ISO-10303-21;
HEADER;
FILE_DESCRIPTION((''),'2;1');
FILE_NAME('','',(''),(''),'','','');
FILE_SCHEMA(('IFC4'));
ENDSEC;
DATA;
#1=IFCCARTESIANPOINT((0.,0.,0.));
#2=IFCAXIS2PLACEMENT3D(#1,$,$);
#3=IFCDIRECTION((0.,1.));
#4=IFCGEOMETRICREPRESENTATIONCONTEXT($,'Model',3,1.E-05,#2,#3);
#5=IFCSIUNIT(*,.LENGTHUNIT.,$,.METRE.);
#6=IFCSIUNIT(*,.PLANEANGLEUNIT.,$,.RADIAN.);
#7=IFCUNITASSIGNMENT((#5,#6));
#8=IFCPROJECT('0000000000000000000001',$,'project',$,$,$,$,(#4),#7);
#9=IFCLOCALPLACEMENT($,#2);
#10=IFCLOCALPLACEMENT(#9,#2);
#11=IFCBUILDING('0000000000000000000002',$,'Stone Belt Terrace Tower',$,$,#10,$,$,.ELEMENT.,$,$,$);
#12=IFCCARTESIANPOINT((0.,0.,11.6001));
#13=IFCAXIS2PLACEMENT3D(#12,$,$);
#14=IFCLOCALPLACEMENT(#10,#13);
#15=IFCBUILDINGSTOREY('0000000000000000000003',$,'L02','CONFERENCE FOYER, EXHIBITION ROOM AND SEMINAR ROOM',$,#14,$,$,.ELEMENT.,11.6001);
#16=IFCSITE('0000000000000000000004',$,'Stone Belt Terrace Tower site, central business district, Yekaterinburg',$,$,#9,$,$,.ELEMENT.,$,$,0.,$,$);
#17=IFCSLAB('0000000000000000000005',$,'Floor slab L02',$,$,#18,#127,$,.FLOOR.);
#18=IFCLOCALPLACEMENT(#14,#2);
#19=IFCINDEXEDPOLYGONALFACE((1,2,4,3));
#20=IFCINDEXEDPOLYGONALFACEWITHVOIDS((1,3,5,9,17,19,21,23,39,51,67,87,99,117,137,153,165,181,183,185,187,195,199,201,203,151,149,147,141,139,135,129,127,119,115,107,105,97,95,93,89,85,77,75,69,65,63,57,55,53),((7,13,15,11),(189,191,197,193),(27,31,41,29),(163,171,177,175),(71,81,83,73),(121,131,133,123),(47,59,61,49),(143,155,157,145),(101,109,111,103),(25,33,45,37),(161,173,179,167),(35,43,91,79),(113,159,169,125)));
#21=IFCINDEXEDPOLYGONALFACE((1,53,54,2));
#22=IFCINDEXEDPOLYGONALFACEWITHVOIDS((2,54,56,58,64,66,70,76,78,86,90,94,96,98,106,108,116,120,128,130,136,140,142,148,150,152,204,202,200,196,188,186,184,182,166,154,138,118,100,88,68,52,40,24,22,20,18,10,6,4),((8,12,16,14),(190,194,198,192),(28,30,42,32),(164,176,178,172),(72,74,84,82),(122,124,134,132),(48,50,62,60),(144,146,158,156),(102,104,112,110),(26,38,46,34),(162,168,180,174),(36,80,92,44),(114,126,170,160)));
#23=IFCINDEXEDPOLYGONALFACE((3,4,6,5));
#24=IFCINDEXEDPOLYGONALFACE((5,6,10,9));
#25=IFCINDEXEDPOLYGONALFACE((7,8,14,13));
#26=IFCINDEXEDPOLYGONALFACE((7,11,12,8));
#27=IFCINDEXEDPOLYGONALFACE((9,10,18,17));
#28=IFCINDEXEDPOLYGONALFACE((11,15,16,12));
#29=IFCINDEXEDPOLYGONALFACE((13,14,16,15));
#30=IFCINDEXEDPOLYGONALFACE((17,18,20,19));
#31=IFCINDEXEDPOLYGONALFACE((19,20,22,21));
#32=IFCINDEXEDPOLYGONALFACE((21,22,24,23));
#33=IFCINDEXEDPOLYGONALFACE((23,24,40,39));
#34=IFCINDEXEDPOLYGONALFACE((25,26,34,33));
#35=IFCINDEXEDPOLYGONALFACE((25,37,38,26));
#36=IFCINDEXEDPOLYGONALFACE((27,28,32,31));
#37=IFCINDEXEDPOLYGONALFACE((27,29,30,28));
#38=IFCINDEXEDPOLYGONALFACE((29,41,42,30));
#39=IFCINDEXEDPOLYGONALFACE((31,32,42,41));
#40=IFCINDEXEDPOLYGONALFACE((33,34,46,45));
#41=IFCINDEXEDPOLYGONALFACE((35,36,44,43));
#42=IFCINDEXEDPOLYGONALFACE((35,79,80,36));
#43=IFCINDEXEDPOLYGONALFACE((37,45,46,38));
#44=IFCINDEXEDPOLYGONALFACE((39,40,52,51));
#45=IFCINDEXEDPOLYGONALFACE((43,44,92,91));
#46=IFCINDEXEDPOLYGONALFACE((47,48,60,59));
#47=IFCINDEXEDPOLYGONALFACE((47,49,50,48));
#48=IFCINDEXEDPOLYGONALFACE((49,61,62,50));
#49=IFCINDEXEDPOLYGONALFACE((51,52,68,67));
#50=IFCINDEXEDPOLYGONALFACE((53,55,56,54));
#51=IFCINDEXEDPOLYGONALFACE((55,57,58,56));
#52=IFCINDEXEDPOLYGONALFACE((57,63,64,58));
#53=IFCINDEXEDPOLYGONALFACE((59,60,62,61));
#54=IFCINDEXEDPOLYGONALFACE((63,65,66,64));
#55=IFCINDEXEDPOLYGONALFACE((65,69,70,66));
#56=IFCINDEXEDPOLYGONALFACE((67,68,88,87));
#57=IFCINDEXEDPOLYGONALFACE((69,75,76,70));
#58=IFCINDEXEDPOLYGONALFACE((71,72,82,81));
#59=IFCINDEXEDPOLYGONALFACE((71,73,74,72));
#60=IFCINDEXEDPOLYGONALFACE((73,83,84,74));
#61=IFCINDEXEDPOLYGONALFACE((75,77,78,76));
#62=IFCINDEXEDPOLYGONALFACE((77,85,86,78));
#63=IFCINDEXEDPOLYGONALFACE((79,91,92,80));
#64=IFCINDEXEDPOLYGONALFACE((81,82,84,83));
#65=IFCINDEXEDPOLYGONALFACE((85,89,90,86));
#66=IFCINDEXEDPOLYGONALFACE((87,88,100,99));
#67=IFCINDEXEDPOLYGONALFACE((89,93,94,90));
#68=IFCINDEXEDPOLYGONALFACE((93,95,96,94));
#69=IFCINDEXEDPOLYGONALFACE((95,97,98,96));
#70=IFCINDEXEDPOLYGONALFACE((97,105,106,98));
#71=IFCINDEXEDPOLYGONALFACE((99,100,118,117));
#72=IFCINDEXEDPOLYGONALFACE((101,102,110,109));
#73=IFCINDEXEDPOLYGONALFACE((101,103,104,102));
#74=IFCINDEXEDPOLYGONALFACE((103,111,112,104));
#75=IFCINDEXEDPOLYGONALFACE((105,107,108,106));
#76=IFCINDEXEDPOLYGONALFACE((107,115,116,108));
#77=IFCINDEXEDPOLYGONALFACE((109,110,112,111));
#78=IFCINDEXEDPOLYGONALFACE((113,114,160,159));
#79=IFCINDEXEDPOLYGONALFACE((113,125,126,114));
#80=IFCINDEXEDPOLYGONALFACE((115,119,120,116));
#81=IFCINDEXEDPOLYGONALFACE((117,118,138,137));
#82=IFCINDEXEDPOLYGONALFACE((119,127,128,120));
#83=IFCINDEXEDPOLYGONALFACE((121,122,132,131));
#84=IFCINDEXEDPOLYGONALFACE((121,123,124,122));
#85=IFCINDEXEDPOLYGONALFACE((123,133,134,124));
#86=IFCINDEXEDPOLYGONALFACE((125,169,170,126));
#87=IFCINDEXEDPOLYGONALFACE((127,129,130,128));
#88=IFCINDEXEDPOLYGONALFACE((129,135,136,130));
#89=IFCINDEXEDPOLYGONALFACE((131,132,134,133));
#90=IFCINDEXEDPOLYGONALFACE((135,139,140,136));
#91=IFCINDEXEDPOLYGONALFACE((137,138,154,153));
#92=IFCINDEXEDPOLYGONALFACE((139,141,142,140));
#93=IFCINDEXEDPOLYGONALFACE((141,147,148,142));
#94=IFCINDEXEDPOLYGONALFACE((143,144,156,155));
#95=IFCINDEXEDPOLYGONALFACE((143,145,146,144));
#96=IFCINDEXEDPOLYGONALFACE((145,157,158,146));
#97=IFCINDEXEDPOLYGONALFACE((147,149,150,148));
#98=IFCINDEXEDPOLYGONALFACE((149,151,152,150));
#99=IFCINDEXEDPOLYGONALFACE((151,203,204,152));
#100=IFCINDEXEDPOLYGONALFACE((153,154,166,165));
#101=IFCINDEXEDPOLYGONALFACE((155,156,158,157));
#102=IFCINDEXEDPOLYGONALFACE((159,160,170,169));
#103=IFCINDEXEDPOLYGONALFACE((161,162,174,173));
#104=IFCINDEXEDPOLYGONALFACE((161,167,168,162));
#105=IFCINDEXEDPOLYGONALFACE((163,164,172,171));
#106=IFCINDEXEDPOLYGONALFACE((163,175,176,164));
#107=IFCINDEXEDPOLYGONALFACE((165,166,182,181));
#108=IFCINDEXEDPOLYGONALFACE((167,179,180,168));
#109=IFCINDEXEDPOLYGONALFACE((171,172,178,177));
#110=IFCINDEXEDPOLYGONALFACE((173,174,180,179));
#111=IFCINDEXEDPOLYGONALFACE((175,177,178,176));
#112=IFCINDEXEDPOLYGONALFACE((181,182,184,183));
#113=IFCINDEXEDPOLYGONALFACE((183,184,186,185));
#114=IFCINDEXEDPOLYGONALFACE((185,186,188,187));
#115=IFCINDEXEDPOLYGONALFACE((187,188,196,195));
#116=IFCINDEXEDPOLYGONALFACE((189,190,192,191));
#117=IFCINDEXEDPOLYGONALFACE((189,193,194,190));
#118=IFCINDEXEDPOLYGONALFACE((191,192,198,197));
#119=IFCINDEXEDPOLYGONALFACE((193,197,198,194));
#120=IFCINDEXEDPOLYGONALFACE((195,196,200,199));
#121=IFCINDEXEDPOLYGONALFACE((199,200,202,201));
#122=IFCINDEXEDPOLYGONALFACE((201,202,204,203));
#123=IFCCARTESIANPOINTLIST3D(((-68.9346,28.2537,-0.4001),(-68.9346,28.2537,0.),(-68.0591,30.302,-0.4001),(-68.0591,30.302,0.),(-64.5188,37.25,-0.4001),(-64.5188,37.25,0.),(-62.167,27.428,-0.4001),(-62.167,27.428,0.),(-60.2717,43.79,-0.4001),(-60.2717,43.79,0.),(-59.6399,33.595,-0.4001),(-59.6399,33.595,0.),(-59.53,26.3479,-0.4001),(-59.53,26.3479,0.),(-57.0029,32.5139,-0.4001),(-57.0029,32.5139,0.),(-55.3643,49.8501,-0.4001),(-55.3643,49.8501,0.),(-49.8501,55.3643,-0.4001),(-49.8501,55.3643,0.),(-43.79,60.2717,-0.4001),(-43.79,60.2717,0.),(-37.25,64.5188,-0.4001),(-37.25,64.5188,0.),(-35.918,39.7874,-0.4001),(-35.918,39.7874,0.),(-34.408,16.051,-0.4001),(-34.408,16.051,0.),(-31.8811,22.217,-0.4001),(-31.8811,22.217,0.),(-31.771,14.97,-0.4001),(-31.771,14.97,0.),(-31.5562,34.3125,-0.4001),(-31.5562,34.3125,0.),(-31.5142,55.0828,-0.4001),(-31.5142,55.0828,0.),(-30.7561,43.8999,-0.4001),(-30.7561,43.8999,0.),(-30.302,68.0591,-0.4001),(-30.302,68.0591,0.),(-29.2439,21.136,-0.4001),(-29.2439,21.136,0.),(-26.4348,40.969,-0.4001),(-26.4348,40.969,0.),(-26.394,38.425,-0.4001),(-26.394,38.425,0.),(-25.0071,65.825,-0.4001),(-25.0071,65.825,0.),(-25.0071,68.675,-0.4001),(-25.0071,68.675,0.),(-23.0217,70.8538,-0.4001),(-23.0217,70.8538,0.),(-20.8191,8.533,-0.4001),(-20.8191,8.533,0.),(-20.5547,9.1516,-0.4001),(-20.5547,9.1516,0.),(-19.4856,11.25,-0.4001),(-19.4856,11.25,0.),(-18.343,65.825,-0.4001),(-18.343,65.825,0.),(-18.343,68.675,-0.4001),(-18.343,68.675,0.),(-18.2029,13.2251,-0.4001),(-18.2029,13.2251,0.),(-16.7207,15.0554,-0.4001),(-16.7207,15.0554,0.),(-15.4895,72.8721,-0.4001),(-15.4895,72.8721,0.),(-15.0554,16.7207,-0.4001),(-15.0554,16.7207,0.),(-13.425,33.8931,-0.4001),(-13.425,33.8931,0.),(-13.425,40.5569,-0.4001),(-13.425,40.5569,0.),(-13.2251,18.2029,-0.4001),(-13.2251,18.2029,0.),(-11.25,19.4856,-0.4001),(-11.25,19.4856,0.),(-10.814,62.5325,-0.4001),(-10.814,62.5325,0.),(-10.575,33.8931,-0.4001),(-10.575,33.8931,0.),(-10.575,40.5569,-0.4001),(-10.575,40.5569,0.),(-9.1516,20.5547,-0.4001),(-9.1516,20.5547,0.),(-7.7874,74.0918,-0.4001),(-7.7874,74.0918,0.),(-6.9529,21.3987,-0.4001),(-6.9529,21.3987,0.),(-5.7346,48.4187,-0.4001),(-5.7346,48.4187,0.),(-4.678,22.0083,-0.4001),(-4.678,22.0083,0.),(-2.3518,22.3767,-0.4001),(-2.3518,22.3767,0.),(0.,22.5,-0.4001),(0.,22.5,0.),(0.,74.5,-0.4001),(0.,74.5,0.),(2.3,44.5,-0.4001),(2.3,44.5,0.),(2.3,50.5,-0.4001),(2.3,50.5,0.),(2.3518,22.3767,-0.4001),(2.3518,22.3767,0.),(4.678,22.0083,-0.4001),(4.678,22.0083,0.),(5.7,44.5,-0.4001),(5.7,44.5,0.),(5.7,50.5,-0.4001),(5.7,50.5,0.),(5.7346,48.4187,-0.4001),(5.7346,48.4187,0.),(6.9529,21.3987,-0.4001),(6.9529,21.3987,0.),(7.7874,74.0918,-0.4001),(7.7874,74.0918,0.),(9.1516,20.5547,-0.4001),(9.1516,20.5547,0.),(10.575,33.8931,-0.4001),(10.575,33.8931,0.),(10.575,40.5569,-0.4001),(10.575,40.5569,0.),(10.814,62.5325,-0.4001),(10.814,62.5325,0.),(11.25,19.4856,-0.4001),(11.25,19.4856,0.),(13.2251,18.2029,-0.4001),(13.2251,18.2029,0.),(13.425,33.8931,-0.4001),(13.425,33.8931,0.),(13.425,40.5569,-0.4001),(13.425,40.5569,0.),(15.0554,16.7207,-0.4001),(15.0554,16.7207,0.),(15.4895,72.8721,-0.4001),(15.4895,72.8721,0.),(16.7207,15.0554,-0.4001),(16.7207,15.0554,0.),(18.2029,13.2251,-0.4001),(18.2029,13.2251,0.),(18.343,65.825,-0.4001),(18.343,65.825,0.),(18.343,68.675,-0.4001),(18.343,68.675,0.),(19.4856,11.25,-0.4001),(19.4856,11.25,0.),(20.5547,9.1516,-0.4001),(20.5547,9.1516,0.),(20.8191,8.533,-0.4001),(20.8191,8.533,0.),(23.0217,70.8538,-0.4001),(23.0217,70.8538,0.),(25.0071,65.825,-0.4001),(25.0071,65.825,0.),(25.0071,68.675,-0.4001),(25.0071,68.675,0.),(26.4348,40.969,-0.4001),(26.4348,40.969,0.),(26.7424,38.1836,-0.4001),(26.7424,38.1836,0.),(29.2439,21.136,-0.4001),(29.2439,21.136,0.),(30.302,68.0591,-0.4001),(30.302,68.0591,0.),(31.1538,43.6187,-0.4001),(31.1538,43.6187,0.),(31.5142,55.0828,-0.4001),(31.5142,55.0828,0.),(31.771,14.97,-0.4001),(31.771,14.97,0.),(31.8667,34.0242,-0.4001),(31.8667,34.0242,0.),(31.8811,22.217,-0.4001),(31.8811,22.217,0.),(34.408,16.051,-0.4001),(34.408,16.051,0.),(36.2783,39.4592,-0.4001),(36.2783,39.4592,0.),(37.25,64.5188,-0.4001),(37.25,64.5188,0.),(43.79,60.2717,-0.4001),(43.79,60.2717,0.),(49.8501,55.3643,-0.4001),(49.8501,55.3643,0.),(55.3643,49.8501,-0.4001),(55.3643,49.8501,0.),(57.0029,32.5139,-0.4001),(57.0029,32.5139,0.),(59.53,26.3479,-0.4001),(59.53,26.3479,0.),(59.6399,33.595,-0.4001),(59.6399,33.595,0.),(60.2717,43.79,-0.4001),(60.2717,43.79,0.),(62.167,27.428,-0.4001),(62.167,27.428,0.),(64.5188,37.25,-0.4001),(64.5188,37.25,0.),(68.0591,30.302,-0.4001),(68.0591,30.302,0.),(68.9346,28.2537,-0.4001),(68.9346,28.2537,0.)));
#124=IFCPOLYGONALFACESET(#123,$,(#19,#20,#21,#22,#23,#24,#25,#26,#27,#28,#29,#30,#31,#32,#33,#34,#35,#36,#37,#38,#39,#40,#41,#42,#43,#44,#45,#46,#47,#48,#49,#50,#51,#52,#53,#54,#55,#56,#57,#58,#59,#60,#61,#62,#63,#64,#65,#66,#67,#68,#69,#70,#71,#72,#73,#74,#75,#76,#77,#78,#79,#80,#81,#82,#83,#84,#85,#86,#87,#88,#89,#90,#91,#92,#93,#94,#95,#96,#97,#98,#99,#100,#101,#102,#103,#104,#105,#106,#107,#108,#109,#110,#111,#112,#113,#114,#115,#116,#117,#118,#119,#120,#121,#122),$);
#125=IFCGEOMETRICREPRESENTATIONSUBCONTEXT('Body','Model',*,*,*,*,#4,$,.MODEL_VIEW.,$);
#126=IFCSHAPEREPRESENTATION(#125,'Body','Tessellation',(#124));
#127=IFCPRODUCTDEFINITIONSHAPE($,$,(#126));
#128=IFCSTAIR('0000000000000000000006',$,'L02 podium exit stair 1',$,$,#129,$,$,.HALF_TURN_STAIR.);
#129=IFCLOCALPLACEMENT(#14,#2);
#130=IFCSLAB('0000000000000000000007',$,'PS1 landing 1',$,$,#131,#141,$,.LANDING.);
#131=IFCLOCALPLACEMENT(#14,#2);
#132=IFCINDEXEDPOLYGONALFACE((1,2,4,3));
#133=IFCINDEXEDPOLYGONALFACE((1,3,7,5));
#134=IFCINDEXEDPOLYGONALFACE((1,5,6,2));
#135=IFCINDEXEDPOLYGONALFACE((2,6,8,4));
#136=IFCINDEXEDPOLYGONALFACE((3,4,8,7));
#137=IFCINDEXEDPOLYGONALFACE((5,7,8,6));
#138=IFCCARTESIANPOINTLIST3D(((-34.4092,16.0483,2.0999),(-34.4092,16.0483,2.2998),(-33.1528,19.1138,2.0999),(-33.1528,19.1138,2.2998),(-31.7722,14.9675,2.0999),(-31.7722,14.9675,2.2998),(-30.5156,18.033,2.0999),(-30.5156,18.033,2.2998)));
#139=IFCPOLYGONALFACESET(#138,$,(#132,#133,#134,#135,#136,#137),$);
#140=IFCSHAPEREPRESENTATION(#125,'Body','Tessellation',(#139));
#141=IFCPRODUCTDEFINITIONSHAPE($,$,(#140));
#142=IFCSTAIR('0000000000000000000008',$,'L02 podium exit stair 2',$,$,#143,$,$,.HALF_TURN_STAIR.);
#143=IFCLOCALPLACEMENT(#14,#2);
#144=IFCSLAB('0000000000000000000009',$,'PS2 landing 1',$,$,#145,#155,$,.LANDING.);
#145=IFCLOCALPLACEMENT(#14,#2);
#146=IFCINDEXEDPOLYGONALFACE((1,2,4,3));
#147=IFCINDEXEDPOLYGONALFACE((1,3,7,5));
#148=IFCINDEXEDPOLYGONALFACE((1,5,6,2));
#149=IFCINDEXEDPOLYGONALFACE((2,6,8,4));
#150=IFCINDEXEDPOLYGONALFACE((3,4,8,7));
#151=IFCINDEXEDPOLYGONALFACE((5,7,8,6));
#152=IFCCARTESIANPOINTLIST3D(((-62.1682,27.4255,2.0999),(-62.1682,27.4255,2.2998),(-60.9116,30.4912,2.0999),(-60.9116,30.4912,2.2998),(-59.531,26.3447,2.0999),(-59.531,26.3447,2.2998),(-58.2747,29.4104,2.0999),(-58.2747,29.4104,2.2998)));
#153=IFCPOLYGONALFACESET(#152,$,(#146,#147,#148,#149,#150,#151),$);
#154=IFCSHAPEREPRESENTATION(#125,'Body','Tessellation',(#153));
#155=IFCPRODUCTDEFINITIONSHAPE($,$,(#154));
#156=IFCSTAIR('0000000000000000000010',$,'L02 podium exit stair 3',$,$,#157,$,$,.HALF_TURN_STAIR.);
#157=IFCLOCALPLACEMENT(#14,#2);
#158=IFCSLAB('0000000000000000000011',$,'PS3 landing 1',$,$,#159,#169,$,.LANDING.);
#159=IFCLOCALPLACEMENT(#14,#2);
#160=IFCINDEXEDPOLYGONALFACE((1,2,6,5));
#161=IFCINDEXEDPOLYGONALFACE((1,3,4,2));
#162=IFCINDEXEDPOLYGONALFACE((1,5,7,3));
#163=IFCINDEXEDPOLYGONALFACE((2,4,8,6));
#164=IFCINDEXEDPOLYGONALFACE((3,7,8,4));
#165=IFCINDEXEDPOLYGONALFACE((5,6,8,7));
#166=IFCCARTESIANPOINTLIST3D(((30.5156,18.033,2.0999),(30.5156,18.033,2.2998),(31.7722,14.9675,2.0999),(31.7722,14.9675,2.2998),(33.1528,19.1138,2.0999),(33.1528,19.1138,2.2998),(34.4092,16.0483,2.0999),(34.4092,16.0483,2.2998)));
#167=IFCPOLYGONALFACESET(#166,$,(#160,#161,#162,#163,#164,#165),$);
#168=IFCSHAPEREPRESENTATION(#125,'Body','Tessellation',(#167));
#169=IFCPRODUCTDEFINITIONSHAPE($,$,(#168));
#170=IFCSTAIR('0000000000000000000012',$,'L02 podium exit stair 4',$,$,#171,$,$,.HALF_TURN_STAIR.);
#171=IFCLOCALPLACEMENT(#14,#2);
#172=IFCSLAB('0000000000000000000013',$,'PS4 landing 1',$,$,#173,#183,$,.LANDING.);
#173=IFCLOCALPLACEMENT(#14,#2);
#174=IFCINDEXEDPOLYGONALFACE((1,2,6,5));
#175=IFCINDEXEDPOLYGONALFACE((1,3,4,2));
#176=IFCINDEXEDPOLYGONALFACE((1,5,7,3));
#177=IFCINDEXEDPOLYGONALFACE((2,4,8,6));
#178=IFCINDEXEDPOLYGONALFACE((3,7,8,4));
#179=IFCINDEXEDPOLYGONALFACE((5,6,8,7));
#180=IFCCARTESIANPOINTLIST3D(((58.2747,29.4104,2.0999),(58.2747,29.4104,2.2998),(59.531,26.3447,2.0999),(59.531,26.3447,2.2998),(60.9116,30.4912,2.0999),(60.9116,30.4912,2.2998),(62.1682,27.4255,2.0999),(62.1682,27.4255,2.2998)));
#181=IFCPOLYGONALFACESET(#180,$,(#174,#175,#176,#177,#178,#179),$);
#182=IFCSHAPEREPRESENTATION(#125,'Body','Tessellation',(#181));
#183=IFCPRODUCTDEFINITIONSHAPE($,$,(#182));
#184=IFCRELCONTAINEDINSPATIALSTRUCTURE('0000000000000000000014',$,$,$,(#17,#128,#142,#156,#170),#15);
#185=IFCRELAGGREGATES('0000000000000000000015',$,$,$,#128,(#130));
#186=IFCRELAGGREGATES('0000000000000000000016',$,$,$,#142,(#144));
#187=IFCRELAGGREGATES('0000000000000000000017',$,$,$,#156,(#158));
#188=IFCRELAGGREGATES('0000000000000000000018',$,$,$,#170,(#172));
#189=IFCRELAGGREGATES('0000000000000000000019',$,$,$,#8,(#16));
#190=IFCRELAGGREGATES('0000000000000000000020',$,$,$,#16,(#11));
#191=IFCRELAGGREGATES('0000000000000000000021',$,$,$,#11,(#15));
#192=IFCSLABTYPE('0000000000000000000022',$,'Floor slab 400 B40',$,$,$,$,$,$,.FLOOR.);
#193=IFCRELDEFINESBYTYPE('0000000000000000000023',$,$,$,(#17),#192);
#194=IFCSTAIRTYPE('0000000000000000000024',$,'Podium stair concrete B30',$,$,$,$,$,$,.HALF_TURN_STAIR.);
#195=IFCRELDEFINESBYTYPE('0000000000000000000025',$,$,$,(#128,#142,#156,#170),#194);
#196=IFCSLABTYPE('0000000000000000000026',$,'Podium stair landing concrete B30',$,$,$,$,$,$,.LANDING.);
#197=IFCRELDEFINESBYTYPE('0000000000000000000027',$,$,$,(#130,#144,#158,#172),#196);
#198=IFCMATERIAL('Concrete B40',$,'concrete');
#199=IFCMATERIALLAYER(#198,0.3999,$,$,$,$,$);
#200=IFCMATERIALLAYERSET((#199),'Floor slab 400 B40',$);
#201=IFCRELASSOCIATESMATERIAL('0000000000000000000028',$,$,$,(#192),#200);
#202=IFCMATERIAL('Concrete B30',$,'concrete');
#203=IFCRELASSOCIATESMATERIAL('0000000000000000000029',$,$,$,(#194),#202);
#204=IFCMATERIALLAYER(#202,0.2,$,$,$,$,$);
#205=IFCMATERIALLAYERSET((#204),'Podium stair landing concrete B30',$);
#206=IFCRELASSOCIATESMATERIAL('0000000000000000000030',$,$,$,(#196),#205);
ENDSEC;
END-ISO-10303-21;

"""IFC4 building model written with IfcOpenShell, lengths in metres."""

from ifc_helpers import new_model, si_unit, direction, frame, origin, place, context, subcontext, project, spatial, polyline, outline, extrude, material, layer, layer_set, type_object, element, aggregate, save


model = new_model("IFC4")

# Units and contexts
model_context = context("Model", 3, precision=1e-05, world=origin(), true_north=direction((0.0, 1.0)))
body_context = subcontext(model_context, "Body", "Model", "MODEL_VIEW")
ifc_project = project(units=[si_unit("LENGTHUNIT", "METRE"), si_unit("PLANEANGLEUNIT", "RADIAN")], contexts=[model_context])

# Site, building, storey
site_placement = place(None, origin())
site = spatial("IfcSite", under=ifc_project, at=site_placement, Name="Stone Belt Terrace Tower site, central business district, Yekaterinburg", CompositionType="ELEMENT", RefElevation=0.0)
building_placement = place(site_placement, origin())
building = spatial("IfcBuilding", under=site, at=building_placement, Name="Stone Belt Terrace Tower", CompositionType="ELEMENT")
storey_placement = place(building_placement, frame((0.0, 0.0, 11.6001)))
storey = spatial("IfcBuildingStorey", under=building, at=storey_placement, Name="L02", Description="CONFERENCE FOYER, EXHIBITION ROOM AND SEMINAR ROOM", CompositionType="ELEMENT", Elevation=11.6001)

# Slab
ifc_material_1 = material(Name="Concrete B40", Category="concrete")
ifc_layer_1 = layer(ifc_material_1, 0.3999)
ifc_layer_set_1 = layer_set([ifc_layer_1], Name="Floor slab 400 B40")
slab_type_1 = type_object("IfcSlabType", Name="Floor slab 400 B40", PredefinedType="FLOOR", material=ifc_layer_set_1)
slab_1_placement = place(storey_placement, frame((0.0, 0.0, -0.4001)))
element("IfcSlab", 1, at=slab_1_placement, inside=storey, type_object=slab_type_1, Name="Floor slab L02", PredefinedType="FLOOR", context=body_context, shape_type="SweptSolid", body=[
    extrude(outline(polyline([(0.0, 74.5), (7.7874, 74.0918), (15.4895, 72.8721), (23.0217, 70.8538), (30.302, 68.0591), (37.25, 64.5188), (43.79, 60.2717), (49.8501, 55.3643), (55.3643, 49.8501), (60.2717, 43.79), (64.5188, 37.25), (68.0591, 30.302), (68.9346, 28.2537), (20.8191, 8.533), (20.5547, 9.1516), (19.4856, 11.25), (18.2029, 13.2251), (16.7207, 15.0554), (15.0554, 16.7207), (13.2251, 18.2029), (11.25, 19.4856), (9.1516, 20.5547), (6.9529, 21.3987), (4.678, 22.0083), (2.3518, 22.3767), (0.0, 22.5), (-2.3518, 22.3767), (-4.678, 22.0083), (-6.9529, 21.3987), (-9.1516, 20.5547), (-11.25, 19.4856), (-13.2251, 18.2029), (-15.0554, 16.7207), (-16.7207, 15.0554), (-18.2029, 13.2251), (-19.4856, 11.25), (-20.5547, 9.1516), (-20.8191, 8.533), (-68.9346, 28.2537), (-68.0591, 30.302), (-64.5188, 37.25), (-60.2717, 43.79), (-55.3643, 49.8501), (-49.8501, 55.3643), (-43.79, 60.2717), (-37.25, 64.5188), (-30.302, 68.0591), (-23.0217, 70.8538), (-15.4895, 72.8721), (-7.7874, 74.0918), (0.0, 74.5)]), holes=[polyline([(-5.7346, 48.4187), (-10.814, 62.5325), (-31.5142, 55.0828), (-26.4348, 40.969), (-5.7346, 48.4187)]), polyline([(5.7346, 48.4187), (26.4348, 40.969), (31.5142, 55.0828), (10.814, 62.5325), (5.7346, 48.4187)]), polyline([(-29.2439, 21.136), (-31.8811, 22.217), (-34.408, 16.051), (-31.771, 14.97), (-29.2439, 21.136)]), polyline([(-59.53, 26.3479), (-57.0029, 32.5139), (-59.6399, 33.595), (-62.167, 27.428), (-59.53, 26.3479)]), polyline([(31.771, 14.97), (34.408, 16.051), (31.8811, 22.217), (29.2439, 21.136), (31.771, 14.97)]), polyline([(57.0029, 32.5139), (59.53, 26.3479), (62.167, 27.428), (59.6399, 33.595), (57.0029, 32.5139)]), polyline([(-13.425, 33.8931), (-10.575, 33.8931), (-10.575, 40.5569), (-13.425, 40.5569), (-13.425, 33.8931)]), polyline([(10.575, 40.5569), (10.575, 33.8931), (13.425, 33.8931), (13.425, 40.5569), (10.575, 40.5569)]), polyline([(-25.0071, 68.675), (-25.0071, 65.825), (-18.343, 65.825), (-18.343, 68.675), (-25.0071, 68.675)]), polyline([(18.343, 65.825), (25.0071, 65.825), (25.0071, 68.675), (18.343, 68.675), (18.343, 65.825)]), polyline([(2.3, 44.5), (5.7, 44.5), (5.7, 50.5), (2.3, 50.5), (2.3, 44.5)]), polyline([(-35.918, 39.7874), (-31.5562, 34.3125), (-26.394, 38.425), (-30.7561, 43.8999), (-35.918, 39.7874)]), polyline([(36.2783, 39.4592), (31.1538, 43.6187), (26.7424, 38.1836), (31.8667, 34.0242), (36.2783, 39.4592)])]), origin(), (0.0, 0.0, 1.0), 0.4001),
])

# Stairs, slabs
ifc_material_2 = material(Name="Concrete B30", Category="concrete")
stair_type = type_object("IfcStairType", Name="Podium stair concrete B30", PredefinedType="HALF_TURN_STAIR", material=ifc_material_2)
stair_1_placement = place(storey_placement, origin())
stair_1 = element("IfcStair", 2, at=stair_1_placement, inside=storey, type_object=stair_type, Name="L02 podium exit stair 1", PredefinedType="HALF_TURN_STAIR")
ifc_layer_2 = layer(ifc_material_2, 0.2)
ifc_layer_set_2 = layer_set([ifc_layer_2], Name="Podium stair landing concrete B30")
slab_type_2 = type_object("IfcSlabType", Name="Podium stair landing concrete B30", PredefinedType="LANDING", material=ifc_layer_set_2)
slab_2_placement = place(storey_placement, frame((0.0, 0.0, 2.0999)))
slab_2 = element("IfcSlab", 3, at=slab_2_placement, type_object=slab_type_2, Name="PS1 landing 1", PredefinedType="LANDING", context=body_context, shape_type="SweptSolid", body=[
    extrude(outline(polyline([(-33.1528, 19.1138), (-34.4092, 16.0483), (-31.7722, 14.9675), (-30.5156, 18.033), (-33.1528, 19.1138)])), origin(), (0.0, 0.0, 1.0), 0.2),
])
aggregate(stair_1, [slab_2])
stair_2_placement = place(storey_placement, origin())
stair_2 = element("IfcStair", 4, at=stair_2_placement, inside=storey, type_object=stair_type, Name="L02 podium exit stair 2", PredefinedType="HALF_TURN_STAIR")
slab_3_placement = place(storey_placement, frame((0.0, 0.0, 2.0999)))
slab_3 = element("IfcSlab", 5, at=slab_3_placement, type_object=slab_type_2, Name="PS2 landing 1", PredefinedType="LANDING", context=body_context, shape_type="SweptSolid", body=[
    extrude(outline(polyline([(-60.9116, 30.4912), (-62.1682, 27.4255), (-59.531, 26.3447), (-58.2747, 29.4104), (-60.9116, 30.4912)])), origin(), (0.0, 0.0, 1.0), 0.2),
])
aggregate(stair_2, [slab_3])
stair_3_placement = place(storey_placement, origin())
stair_3 = element("IfcStair", 6, at=stair_3_placement, inside=storey, type_object=stair_type, Name="L02 podium exit stair 3", PredefinedType="HALF_TURN_STAIR")
slab_4_placement = place(storey_placement, frame((0.0, 0.0, 2.0999)))
slab_4 = element("IfcSlab", 7, at=slab_4_placement, type_object=slab_type_2, Name="PS3 landing 1", PredefinedType="LANDING", context=body_context, shape_type="SweptSolid", body=[
    extrude(outline(polyline([(30.5156, 18.033), (31.7722, 14.9675), (34.4092, 16.0483), (33.1528, 19.1138), (30.5156, 18.033)])), origin(), (0.0, 0.0, 1.0), 0.2),
])
aggregate(stair_3, [slab_4])
stair_4_placement = place(storey_placement, origin())
stair_4 = element("IfcStair", 8, at=stair_4_placement, inside=storey, type_object=stair_type, Name="L02 podium exit stair 4", PredefinedType="HALF_TURN_STAIR")
slab_5_placement = place(storey_placement, frame((0.0, 0.0, 2.0999)))
slab_5 = element("IfcSlab", 9, at=slab_5_placement, type_object=slab_type_2, Name="PS4 landing 1", PredefinedType="LANDING", context=body_context, shape_type="SweptSolid", body=[
    extrude(outline(polyline([(58.2747, 29.4104), (59.531, 26.3447), (62.1682, 27.4255), (60.9116, 30.4912), (58.2747, 29.4104)])), origin(), (0.0, 0.0, 1.0), 0.2),
])
aggregate(stair_4, [slab_5])

save(model, "model.ifc")
